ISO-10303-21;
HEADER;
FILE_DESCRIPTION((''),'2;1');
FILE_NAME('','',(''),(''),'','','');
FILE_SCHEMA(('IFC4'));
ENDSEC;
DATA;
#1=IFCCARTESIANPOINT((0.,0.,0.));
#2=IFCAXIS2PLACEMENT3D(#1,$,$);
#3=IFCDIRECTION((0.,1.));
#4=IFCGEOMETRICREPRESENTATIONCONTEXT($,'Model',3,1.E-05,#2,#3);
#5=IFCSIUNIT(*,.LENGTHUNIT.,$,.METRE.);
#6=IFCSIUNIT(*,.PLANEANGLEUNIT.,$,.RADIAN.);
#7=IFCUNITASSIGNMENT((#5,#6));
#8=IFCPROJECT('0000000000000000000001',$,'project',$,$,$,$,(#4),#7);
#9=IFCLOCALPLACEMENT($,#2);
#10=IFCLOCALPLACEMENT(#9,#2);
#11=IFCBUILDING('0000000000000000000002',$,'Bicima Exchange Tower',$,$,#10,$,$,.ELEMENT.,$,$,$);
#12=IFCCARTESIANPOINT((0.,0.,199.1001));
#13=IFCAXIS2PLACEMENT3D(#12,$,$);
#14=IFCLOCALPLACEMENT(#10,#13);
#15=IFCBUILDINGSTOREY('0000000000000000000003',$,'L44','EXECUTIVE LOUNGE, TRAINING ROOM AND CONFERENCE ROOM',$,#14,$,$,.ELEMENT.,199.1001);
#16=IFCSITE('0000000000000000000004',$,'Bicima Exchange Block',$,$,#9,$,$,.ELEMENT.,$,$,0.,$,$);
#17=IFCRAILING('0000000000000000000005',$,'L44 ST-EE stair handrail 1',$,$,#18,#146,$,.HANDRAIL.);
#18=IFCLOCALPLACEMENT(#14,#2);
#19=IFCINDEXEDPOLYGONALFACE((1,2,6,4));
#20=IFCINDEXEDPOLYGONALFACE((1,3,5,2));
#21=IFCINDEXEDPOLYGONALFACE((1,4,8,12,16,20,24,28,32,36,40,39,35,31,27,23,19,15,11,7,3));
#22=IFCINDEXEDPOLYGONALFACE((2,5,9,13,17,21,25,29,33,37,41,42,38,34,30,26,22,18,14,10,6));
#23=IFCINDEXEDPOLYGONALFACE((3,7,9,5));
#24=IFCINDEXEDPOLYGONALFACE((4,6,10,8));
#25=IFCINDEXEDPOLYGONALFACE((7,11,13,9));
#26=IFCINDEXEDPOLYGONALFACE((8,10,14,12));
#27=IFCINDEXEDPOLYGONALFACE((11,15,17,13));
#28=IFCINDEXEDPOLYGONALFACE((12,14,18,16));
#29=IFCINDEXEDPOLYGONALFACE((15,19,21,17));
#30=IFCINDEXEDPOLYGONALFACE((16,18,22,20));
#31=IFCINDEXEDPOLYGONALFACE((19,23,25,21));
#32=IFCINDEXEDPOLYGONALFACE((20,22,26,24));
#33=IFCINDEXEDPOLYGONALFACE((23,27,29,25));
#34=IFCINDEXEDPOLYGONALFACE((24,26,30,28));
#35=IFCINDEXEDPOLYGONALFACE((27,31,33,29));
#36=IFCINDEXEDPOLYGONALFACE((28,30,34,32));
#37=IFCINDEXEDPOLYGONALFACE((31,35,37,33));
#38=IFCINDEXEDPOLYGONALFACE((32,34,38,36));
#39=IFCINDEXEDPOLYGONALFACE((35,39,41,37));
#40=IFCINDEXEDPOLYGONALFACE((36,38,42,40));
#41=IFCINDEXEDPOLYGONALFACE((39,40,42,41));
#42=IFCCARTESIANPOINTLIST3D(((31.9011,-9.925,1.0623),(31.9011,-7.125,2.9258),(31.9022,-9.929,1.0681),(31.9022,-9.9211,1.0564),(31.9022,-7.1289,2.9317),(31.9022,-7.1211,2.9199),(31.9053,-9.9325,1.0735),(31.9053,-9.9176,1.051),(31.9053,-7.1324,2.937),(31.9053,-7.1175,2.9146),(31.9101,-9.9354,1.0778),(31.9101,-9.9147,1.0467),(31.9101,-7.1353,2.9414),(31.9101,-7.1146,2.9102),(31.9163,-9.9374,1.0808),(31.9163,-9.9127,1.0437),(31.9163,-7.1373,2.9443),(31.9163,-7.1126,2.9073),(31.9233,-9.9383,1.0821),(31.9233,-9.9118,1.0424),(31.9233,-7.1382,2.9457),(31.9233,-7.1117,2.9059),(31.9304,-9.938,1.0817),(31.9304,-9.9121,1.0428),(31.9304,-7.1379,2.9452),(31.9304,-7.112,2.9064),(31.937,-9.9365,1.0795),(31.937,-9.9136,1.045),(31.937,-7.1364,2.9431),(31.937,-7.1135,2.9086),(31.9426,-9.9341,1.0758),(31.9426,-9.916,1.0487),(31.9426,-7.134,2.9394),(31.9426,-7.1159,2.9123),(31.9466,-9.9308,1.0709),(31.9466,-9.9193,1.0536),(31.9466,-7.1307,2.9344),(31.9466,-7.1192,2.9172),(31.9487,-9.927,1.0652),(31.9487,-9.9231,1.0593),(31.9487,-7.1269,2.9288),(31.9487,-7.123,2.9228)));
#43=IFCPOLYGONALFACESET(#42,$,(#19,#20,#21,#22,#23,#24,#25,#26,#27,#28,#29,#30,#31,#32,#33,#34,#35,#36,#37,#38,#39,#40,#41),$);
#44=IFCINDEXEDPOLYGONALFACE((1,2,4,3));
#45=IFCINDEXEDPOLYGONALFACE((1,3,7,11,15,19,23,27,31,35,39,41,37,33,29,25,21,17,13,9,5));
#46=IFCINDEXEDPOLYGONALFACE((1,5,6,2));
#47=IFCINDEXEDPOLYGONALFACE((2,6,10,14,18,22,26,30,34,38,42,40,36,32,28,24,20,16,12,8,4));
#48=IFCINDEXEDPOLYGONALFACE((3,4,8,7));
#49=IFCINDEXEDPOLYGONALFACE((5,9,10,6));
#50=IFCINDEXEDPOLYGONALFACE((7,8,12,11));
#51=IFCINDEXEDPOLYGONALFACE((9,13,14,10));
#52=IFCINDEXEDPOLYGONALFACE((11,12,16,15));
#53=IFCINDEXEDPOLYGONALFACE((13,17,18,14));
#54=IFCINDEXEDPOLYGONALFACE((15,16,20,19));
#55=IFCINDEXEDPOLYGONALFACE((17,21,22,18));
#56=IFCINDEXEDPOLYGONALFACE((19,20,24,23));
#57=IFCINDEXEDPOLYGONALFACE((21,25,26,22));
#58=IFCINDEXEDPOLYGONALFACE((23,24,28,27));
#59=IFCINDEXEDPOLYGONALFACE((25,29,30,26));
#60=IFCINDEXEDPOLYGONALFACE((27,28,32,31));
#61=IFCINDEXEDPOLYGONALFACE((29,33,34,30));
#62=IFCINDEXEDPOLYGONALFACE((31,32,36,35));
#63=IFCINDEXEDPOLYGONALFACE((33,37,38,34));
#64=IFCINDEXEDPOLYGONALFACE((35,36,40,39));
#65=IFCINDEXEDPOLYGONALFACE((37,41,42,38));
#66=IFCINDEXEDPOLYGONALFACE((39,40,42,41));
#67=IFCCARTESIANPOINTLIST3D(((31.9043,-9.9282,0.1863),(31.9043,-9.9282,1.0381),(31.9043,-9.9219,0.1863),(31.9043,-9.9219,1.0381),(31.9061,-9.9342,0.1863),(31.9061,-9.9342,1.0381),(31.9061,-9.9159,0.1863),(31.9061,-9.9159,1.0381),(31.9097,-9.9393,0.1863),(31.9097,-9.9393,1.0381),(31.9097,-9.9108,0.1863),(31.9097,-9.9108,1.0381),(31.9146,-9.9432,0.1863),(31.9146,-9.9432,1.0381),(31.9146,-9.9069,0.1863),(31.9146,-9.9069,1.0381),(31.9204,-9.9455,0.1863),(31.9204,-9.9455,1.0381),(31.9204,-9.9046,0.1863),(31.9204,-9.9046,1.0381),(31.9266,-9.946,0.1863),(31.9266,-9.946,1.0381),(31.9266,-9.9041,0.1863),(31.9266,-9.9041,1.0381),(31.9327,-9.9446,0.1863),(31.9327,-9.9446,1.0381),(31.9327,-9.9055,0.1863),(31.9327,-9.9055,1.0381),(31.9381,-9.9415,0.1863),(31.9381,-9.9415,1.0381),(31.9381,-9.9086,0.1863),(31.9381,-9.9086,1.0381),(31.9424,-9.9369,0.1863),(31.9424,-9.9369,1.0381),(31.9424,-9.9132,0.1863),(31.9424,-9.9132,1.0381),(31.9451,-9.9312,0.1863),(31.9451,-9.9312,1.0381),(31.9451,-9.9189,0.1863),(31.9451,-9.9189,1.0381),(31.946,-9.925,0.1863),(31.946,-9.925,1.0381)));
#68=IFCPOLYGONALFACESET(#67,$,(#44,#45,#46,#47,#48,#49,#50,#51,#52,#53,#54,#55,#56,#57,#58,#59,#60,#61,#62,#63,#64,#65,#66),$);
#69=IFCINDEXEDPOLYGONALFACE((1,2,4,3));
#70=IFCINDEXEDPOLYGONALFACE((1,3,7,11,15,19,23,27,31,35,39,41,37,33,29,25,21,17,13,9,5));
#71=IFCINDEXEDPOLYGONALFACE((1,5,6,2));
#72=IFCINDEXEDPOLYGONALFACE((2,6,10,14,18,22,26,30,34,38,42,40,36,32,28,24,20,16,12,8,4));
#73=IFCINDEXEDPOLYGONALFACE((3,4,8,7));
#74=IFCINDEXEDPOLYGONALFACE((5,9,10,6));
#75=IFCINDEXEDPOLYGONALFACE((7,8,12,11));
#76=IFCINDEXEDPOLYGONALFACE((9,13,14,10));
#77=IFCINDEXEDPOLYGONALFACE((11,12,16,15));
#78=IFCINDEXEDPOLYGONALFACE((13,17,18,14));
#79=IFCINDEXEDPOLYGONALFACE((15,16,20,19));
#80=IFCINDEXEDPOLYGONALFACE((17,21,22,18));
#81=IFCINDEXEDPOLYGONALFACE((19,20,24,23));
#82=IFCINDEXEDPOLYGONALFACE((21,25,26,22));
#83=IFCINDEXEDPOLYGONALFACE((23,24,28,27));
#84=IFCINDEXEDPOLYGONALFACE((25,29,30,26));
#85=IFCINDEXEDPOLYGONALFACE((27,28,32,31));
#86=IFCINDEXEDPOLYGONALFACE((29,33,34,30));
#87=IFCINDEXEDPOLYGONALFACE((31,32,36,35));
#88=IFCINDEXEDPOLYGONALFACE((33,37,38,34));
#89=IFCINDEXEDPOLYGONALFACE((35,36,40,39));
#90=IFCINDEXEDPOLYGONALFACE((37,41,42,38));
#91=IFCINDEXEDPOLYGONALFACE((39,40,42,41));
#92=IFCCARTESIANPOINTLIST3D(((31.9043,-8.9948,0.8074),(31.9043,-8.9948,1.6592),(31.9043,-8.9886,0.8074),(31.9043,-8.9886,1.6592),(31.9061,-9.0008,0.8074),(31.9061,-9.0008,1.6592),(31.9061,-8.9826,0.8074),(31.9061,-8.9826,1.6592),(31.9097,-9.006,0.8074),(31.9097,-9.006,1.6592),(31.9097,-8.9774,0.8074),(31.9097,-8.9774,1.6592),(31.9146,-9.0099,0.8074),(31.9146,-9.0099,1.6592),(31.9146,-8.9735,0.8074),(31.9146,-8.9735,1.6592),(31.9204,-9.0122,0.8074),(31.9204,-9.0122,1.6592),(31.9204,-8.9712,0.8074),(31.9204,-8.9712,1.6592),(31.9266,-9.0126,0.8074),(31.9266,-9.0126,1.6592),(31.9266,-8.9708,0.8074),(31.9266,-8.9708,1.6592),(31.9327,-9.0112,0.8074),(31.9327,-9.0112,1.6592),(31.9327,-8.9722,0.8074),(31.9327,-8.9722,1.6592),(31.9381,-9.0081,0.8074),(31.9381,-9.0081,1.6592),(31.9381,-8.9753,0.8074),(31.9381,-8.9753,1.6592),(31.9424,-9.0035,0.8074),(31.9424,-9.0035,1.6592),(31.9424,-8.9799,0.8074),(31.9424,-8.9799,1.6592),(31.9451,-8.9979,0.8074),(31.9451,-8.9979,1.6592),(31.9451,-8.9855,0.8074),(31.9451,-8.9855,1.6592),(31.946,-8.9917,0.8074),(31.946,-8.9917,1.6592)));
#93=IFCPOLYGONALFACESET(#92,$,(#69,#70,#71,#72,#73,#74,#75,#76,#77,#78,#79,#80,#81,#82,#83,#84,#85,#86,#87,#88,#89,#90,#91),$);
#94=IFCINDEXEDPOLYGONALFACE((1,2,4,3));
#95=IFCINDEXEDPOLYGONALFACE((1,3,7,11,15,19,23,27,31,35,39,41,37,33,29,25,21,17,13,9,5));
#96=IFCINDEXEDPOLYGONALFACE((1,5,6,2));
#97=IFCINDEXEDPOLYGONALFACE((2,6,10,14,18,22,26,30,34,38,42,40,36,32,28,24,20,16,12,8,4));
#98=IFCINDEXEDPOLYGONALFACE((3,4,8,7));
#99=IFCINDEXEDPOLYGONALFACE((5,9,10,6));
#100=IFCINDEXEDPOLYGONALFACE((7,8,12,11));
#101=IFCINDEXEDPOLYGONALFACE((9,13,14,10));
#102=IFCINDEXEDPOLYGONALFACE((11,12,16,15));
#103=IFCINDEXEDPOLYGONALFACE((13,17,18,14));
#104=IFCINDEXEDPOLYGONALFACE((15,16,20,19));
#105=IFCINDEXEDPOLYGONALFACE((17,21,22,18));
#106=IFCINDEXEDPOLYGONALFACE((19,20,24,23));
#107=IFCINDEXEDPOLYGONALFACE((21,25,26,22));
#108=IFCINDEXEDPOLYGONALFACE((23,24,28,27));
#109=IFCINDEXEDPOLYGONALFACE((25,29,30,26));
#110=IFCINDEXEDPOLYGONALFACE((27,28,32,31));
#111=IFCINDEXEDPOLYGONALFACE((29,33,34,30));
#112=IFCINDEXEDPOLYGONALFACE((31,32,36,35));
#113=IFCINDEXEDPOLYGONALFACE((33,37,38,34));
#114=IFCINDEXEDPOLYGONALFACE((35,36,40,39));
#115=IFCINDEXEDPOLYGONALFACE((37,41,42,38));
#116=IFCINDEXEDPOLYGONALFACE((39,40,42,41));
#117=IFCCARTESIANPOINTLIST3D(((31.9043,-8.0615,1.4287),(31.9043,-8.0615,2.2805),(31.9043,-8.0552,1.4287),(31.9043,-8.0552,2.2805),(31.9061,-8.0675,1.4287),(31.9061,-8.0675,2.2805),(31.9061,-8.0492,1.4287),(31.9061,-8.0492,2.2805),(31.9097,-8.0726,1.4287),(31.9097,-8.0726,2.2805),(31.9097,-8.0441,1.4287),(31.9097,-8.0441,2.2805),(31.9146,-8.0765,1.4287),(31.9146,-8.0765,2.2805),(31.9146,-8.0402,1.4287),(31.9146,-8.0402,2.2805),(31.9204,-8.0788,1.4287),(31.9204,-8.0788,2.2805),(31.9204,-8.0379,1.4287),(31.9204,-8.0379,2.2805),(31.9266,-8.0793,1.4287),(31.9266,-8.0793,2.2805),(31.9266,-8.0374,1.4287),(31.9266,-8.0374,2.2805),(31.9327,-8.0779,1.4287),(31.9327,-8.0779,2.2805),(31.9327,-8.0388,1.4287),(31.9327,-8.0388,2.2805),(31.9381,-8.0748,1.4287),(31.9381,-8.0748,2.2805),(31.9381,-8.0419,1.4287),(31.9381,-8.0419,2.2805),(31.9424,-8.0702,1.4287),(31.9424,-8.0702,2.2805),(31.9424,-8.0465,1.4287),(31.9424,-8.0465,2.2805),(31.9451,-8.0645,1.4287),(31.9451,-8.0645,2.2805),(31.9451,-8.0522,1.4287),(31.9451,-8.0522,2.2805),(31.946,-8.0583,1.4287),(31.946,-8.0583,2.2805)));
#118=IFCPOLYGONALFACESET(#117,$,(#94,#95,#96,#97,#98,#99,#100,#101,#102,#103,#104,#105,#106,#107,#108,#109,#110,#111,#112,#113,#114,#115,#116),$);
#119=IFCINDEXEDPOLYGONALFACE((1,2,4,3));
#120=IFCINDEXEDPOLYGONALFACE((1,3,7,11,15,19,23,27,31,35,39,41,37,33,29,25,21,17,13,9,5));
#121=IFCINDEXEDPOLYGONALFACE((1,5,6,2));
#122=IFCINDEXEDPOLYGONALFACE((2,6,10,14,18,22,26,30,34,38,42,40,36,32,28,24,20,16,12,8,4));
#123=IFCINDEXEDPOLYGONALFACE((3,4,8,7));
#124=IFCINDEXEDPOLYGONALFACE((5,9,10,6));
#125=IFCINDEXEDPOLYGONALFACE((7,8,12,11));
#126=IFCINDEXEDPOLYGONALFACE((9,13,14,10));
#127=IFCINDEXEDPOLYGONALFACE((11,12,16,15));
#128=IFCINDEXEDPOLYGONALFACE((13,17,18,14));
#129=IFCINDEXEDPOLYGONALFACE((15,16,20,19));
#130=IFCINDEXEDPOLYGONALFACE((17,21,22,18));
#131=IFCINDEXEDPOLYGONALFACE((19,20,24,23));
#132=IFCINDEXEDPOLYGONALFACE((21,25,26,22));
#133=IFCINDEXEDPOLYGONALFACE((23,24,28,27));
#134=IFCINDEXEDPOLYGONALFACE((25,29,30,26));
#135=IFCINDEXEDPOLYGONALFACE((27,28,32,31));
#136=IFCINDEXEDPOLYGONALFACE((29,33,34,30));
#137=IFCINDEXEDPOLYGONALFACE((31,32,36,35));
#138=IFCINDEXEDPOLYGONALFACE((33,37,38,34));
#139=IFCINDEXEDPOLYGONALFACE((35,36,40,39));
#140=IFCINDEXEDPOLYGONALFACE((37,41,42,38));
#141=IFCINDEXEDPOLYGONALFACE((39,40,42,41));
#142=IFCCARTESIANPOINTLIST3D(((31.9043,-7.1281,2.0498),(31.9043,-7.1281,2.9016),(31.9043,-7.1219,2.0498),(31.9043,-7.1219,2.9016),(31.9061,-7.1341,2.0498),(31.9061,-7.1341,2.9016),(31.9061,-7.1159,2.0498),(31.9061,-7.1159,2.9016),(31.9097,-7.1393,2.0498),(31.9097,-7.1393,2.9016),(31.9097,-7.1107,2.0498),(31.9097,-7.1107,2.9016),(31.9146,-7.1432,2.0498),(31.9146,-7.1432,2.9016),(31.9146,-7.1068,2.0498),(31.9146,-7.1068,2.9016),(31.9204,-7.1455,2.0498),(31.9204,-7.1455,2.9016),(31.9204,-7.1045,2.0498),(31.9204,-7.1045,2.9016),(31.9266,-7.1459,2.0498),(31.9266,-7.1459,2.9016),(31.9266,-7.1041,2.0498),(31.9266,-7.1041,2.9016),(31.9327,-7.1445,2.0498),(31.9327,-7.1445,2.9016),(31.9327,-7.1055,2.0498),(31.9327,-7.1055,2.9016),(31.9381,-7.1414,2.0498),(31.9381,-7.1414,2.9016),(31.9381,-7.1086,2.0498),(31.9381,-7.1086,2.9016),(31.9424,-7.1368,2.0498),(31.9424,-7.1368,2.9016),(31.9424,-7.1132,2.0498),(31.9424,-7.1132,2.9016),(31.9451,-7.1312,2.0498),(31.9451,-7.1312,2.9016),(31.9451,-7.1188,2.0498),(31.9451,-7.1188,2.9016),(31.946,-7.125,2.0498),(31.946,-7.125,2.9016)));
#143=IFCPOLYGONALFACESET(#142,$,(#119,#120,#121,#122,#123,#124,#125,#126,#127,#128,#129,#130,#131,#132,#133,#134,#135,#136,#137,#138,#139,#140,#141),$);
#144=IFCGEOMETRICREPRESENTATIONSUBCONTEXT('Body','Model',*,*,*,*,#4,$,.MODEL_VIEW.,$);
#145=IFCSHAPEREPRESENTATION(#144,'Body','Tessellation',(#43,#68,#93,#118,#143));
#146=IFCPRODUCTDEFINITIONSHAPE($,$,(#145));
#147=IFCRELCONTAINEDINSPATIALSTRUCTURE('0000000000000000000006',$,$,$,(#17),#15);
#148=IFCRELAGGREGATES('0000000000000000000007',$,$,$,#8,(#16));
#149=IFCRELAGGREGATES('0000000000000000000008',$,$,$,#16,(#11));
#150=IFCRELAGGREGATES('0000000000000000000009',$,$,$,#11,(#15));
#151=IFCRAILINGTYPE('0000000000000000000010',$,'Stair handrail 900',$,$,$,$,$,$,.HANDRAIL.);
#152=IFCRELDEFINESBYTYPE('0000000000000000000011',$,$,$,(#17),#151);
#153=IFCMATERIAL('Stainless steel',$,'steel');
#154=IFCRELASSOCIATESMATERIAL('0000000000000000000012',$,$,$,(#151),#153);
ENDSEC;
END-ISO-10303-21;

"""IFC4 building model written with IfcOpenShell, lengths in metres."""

from ifc_helpers import new_model, si_unit, direction, frame, origin, origin_2d, place, context, subcontext, project, spatial, circle, extrude, material, type_object, element, save


model = new_model("IFC4")

# Units and contexts
model_context = context("Model", 3, precision=1e-05, world=origin(), true_north=direction((0.0, 1.0)))
body_context = subcontext(model_context, "Body", "Model", "MODEL_VIEW")
ifc_project = project(units=[si_unit("LENGTHUNIT", "METRE"), si_unit("PLANEANGLEUNIT", "RADIAN")], contexts=[model_context])

# Site, building, storey
site_placement = place(None, origin())
site = spatial("IfcSite", under=ifc_project, at=site_placement, Name="Bicima Exchange Block", CompositionType="ELEMENT", RefElevation=0.0)
building_placement = place(site_placement, origin())
building = spatial("IfcBuilding", under=site, at=building_placement, Name="Bicima Exchange Tower", CompositionType="ELEMENT")
storey_placement = place(building_placement, frame((0.0, 0.0, 199.1001)))
storey = spatial("IfcBuildingStorey", under=building, at=storey_placement, Name="L44", Description="EXECUTIVE LOUNGE, TRAINING ROOM AND CONFERENCE ROOM", CompositionType="ELEMENT", Elevation=199.1001)

# Railing
ifc_material_1 = material(Name="Stainless steel", Category="steel")
railing_type_1 = type_object("IfcRailingType", Name="Stair handrail 900", PredefinedType="HANDRAIL", material=ifc_material_1)
railing_1_placement = place(storey_placement, frame((31.925, -9.925, 0.1863)))
element("IfcRailing", 1, at=railing_1_placement, inside=storey, type_object=railing_type_1, Name="L44 ST-EE stair handrail 1", PredefinedType="HANDRAIL", context=body_context, shape_type="SweptSolid", body=[
    extrude(circle(Radius=0.0239, at=origin_2d()), frame((0.0, 0.0, 0.876), z_axis=(0.0, 0.832486, 0.554047), x_axis=(-1.0, 0.0, 0.0)), (0.0, 0.0, 1.0), 3.3635),
    extrude(circle(Radius=0.021, at=origin_2d()), origin(), (0.0, 0.0, 1.0), 0.8518),
    extrude(circle(Radius=0.021, at=origin_2d()), frame((0.0, 0.9333, 0.6211)), (0.0, 0.0, 1.0), 0.8518),
    extrude(circle(Radius=0.021, at=origin_2d()), frame((0.0, 1.8667, 1.2424)), (0.0, 0.0, 1.0), 0.8518),
    extrude(circle(Radius=0.021, at=origin_2d()), frame((0.0, 2.8, 1.8635)), (0.0, 0.0, 1.0), 0.8518),
])

save(model, "model.ifc")
